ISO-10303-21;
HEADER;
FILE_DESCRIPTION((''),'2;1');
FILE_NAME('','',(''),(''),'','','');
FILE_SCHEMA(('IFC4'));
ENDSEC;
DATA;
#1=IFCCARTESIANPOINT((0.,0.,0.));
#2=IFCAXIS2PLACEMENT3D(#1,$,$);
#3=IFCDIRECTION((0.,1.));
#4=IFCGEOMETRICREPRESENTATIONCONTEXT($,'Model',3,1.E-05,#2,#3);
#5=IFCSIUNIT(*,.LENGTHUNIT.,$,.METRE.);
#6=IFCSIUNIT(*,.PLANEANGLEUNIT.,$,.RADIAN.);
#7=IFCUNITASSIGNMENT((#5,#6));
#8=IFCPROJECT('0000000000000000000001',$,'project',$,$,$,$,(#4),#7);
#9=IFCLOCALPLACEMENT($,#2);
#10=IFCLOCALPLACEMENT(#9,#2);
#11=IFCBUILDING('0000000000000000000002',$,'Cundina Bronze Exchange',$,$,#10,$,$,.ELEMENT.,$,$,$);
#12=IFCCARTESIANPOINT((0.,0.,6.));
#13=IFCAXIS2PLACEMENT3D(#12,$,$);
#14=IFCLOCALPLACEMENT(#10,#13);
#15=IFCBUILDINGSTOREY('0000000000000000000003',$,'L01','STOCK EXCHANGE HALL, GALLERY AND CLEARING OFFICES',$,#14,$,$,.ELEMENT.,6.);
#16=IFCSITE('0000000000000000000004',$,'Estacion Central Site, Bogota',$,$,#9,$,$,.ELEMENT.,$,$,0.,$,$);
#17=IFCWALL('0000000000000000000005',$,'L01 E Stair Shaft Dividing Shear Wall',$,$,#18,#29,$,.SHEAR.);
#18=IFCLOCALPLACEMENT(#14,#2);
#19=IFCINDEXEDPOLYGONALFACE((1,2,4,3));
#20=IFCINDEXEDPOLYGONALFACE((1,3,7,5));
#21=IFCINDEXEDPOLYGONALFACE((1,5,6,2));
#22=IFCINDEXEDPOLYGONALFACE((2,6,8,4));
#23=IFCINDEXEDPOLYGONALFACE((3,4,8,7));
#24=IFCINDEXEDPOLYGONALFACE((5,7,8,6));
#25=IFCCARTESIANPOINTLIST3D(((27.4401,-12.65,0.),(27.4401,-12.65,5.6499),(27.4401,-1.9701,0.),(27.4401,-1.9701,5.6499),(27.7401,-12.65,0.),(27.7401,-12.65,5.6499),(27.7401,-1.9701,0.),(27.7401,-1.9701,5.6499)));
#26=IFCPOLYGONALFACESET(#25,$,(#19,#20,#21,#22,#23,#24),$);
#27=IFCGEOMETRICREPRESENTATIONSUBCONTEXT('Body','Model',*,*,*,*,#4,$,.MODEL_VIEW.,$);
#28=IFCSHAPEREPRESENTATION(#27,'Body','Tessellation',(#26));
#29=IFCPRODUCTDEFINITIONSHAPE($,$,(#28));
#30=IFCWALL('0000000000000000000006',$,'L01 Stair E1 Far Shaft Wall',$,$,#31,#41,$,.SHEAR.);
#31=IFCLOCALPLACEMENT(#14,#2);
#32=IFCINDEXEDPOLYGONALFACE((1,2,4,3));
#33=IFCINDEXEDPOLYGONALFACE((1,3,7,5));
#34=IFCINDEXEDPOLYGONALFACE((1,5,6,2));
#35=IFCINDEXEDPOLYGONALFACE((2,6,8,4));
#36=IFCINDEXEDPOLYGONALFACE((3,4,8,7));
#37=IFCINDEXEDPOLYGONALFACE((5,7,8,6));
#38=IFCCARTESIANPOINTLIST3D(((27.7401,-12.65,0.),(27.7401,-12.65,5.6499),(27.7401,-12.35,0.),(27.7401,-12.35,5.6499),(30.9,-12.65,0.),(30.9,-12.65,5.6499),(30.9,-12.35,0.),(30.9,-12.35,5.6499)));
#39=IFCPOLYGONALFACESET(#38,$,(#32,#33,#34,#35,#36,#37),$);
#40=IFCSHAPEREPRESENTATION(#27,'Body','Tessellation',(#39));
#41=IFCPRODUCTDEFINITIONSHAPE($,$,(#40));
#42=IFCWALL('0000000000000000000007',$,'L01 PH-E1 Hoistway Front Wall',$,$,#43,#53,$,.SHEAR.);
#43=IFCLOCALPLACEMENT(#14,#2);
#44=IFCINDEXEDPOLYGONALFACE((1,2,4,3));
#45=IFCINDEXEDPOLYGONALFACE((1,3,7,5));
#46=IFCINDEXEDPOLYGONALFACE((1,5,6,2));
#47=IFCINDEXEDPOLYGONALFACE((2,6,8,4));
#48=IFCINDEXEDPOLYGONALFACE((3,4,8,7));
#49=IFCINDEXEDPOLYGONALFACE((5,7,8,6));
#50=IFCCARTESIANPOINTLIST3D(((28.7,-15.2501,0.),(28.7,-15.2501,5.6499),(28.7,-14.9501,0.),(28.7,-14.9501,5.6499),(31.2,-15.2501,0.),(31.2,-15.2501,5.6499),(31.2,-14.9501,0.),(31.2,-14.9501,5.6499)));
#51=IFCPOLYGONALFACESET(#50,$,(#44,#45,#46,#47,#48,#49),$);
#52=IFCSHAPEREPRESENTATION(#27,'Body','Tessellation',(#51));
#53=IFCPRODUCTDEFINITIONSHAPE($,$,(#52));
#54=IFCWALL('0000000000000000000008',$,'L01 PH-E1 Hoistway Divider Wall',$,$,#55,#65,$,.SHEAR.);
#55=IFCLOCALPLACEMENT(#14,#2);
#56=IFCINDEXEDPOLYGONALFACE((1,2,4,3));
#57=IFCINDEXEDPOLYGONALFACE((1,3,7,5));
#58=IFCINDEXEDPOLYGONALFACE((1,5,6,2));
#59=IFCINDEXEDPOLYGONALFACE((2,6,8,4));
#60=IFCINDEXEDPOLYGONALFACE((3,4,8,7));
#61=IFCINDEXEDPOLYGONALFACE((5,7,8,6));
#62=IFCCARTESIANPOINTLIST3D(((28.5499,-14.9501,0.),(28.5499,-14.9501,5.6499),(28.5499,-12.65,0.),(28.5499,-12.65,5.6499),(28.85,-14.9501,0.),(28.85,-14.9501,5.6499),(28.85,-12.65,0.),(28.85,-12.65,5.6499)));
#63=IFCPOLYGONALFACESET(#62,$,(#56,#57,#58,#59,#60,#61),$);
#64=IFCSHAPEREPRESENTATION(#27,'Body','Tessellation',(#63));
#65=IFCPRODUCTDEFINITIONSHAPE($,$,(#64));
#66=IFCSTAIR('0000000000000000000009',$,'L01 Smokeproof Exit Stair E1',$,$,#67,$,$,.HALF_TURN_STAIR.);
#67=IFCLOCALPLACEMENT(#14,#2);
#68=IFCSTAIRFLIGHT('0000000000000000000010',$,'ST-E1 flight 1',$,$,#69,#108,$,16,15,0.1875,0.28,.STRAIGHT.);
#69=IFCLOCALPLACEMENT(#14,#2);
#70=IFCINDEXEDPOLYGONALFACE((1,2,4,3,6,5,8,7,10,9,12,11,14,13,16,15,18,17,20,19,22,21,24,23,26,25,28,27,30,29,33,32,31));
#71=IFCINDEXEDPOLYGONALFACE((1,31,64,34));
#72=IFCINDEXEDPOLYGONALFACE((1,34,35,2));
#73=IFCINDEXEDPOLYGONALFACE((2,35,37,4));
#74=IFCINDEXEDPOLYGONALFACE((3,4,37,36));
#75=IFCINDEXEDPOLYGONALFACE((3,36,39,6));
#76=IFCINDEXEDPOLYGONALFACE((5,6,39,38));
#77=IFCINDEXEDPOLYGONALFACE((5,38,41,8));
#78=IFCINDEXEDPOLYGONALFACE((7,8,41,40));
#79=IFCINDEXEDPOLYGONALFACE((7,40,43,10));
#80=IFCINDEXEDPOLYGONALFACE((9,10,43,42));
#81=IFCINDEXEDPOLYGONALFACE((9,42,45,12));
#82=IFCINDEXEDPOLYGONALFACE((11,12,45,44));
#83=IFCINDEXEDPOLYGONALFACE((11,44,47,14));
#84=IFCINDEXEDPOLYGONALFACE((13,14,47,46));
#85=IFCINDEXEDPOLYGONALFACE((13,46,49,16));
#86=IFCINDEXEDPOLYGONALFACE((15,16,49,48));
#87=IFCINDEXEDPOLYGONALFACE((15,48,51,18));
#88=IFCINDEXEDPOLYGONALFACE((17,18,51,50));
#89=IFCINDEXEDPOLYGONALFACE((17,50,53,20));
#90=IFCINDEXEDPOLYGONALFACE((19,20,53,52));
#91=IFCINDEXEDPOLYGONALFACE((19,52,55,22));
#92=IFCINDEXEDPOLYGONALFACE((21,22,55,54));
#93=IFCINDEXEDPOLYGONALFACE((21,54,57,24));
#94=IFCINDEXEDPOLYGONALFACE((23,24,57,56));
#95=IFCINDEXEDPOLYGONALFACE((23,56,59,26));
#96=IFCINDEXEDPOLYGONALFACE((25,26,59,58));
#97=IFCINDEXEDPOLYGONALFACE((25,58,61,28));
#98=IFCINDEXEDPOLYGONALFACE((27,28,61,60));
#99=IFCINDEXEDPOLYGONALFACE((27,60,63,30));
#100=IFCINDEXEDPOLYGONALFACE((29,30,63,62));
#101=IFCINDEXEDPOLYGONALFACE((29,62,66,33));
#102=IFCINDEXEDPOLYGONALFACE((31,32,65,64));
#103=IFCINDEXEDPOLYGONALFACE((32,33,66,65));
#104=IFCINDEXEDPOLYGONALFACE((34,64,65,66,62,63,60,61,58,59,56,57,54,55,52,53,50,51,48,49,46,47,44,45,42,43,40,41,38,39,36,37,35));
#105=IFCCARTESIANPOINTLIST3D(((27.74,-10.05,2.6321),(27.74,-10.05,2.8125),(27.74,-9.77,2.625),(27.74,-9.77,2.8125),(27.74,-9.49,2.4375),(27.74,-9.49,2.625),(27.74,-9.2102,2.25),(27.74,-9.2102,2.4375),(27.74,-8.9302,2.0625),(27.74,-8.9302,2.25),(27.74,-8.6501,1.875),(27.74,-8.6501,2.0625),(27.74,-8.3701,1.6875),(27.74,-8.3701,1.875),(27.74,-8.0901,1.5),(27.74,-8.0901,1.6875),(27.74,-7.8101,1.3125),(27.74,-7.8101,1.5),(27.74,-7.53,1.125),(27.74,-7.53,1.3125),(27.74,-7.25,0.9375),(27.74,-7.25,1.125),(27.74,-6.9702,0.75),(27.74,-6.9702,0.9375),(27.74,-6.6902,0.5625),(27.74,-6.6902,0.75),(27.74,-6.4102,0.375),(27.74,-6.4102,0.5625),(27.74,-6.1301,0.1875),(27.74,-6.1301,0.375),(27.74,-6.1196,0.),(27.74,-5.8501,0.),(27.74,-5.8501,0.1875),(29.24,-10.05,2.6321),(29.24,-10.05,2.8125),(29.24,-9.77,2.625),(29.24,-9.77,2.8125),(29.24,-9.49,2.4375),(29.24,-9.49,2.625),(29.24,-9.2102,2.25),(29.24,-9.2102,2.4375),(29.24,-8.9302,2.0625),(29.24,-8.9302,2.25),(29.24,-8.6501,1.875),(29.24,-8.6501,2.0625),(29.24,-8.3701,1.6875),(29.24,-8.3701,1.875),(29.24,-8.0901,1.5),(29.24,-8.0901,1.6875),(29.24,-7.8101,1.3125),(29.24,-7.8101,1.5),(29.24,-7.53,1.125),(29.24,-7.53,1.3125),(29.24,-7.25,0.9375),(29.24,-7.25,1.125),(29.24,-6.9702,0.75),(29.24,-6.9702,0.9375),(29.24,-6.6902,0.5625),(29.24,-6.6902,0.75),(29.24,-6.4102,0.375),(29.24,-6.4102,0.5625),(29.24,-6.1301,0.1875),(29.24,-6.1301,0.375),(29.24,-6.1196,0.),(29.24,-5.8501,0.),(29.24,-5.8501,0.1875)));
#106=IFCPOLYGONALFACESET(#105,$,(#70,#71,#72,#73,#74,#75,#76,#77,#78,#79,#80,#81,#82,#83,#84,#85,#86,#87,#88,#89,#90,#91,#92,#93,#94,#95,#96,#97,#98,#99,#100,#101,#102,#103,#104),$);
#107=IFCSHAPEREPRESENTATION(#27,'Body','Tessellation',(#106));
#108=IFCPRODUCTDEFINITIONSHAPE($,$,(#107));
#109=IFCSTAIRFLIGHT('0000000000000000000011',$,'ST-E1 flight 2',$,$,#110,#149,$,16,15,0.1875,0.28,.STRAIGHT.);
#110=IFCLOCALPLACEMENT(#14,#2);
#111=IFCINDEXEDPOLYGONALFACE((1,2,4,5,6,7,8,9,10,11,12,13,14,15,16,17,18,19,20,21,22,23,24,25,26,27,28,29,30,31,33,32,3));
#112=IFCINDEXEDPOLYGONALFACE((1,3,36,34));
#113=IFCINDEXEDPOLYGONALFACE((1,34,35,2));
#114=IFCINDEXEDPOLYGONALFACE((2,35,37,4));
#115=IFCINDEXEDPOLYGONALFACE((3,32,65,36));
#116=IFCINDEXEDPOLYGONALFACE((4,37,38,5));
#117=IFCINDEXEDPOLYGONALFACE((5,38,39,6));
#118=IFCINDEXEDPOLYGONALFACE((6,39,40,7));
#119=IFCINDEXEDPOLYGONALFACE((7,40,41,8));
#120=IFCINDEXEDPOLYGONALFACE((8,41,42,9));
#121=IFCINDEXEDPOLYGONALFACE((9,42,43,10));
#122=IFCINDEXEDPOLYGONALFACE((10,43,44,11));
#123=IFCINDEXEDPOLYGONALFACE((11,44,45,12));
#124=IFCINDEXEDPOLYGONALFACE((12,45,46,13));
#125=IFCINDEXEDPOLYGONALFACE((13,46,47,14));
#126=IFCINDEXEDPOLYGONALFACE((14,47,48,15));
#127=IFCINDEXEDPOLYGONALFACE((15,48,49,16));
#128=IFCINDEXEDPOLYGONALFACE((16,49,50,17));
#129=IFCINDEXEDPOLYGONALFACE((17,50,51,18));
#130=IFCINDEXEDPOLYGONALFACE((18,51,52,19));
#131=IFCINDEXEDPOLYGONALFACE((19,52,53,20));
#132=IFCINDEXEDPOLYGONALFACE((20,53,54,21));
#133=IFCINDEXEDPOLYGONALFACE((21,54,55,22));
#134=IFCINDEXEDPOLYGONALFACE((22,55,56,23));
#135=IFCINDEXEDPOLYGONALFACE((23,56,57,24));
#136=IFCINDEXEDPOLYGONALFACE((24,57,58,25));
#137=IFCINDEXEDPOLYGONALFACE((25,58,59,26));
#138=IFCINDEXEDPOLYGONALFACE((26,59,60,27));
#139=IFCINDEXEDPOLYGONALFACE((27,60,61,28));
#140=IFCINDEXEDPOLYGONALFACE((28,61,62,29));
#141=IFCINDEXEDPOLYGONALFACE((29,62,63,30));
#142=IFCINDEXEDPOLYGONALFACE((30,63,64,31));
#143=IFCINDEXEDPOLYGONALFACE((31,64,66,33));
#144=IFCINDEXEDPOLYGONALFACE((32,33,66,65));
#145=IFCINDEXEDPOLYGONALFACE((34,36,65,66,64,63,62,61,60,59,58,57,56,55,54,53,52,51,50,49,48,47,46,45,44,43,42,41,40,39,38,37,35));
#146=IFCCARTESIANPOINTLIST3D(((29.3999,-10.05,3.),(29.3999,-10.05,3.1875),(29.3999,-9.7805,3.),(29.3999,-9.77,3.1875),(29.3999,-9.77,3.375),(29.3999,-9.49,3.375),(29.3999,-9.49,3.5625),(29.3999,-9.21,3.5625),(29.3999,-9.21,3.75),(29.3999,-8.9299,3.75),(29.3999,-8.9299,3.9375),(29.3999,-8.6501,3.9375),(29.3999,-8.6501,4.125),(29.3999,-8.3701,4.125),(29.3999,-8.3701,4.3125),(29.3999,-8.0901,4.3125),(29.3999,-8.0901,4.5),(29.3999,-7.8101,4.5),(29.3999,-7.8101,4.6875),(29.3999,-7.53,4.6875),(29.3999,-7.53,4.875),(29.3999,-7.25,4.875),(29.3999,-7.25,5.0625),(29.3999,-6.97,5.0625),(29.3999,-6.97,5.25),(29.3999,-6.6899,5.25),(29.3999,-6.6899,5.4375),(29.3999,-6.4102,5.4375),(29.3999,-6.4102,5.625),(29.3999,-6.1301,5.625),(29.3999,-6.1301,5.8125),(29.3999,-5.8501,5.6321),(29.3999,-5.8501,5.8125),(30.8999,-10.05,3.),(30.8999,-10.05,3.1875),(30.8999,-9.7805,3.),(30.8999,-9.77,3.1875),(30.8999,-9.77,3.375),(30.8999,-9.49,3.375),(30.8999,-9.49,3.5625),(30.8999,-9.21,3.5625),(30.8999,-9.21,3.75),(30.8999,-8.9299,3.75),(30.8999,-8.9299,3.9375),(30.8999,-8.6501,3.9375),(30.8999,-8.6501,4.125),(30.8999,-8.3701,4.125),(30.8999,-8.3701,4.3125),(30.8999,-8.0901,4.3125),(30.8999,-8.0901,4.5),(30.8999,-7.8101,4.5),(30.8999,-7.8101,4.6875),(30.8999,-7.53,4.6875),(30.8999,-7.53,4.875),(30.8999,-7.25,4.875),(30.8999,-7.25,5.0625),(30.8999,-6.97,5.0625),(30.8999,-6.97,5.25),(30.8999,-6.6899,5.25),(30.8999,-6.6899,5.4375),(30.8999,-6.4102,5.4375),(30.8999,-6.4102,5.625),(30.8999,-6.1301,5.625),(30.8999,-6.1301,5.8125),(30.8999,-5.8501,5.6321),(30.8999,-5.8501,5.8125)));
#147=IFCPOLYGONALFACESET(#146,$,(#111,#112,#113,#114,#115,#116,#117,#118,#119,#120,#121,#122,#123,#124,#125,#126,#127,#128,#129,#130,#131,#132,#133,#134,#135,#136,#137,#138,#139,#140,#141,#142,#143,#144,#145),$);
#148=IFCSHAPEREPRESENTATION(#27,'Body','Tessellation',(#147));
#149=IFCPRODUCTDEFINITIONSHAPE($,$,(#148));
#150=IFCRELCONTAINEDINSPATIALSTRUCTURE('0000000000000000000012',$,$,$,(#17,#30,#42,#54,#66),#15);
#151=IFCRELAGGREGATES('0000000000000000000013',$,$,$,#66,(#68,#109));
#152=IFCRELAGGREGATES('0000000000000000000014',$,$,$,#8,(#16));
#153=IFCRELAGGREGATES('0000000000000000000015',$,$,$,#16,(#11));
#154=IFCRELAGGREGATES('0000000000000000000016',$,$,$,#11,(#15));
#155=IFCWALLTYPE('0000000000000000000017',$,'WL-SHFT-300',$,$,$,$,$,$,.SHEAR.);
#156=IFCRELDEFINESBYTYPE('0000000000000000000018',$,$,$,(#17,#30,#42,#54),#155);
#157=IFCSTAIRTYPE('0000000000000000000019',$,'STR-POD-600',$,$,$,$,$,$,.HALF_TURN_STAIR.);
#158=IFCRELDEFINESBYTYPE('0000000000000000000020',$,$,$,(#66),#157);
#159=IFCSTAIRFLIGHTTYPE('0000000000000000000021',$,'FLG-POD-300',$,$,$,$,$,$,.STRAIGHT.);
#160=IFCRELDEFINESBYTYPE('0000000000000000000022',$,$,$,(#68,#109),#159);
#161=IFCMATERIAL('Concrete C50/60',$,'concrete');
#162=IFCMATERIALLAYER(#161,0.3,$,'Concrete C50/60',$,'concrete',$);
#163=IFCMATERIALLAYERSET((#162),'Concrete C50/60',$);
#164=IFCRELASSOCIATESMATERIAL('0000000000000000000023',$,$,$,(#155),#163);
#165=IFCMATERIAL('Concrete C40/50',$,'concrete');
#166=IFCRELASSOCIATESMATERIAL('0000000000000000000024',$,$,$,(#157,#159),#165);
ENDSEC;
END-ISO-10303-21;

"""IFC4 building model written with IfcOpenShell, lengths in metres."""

from ifc_helpers import new_model, si_unit, direction, frame, frame_2d, origin, place, context, subcontext, project, spatial, polyline, rectangle, outline, extrude, material, layer, layer_set, type_object, element, aggregate, save


model = new_model("IFC4")

# Units and contexts
model_context = context("Model", 3, precision=1e-05, world=origin(), true_north=direction((0.0, 1.0)))
body_context = subcontext(model_context, "Body", "Model", "MODEL_VIEW")
ifc_project = project(units=[si_unit("LENGTHUNIT", "METRE"), si_unit("PLANEANGLEUNIT", "RADIAN")], contexts=[model_context])

# Site, building, storey
site_placement = place(None, origin())
site = spatial("IfcSite", under=ifc_project, at=site_placement, Name="Estacion Central Site, Bogota", CompositionType="ELEMENT", RefElevation=0.0)
building_placement = place(site_placement, origin())
building = spatial("IfcBuilding", under=site, at=building_placement, Name="Cundina Bronze Exchange", CompositionType="ELEMENT")
storey_placement = place(building_placement, frame((0.0, 0.0, 6.0)))
storey = spatial("IfcBuildingStorey", under=building, at=storey_placement, Name="L01", Description="STOCK EXCHANGE HALL, GALLERY AND CLEARING OFFICES", CompositionType="ELEMENT", Elevation=6.0)

# Shared definitions
ifc_material_1 = material(Name="Concrete C40/50", Category="concrete")

# Wall
ifc_material_2 = material(Name="Concrete C50/60", Category="concrete")
ifc_layer_1 = layer(ifc_material_2, 0.3, Name="Concrete C50/60", Category="concrete")
ifc_layer_set_1 = layer_set([ifc_layer_1], Name="Concrete C50/60")
wall_type_1 = type_object("IfcWallType", Name="WL-SHFT-300", PredefinedType="SHEAR", material=ifc_layer_set_1)
wall_1_placement = place(storey_placement, frame((27.5901, -12.6499, 0.0), z_axis=(0.0, 0.0, 1.0), x_axis=(0.0, 1.0, 0.0)))
element("IfcWall", 1, at=wall_1_placement, inside=storey, type_object=wall_type_1, Name="L01 E Stair Shaft Dividing Shear Wall", PredefinedType="SHEAR", context=body_context, shape_type="SweptSolid", body=[
    extrude(rectangle(XDim=10.6799, YDim=0.3, at=frame_2d((5.3398, 0.0))), origin(), (0.0, 0.0, 1.0), 5.6499),
])

# Walls
wall_2_placement = place(storey_placement, frame((27.74, -12.5, 0.0), z_axis=(0.0, 0.0, 1.0), x_axis=(1.0, 0.0, 0.0)))
element("IfcWall", 2, at=wall_2_placement, inside=storey, type_object=wall_type_1, Name="L01 Stair E1 Far Shaft Wall", PredefinedType="SHEAR", context=body_context, shape_type="SweptSolid", body=[
    extrude(rectangle(XDim=3.1599, YDim=0.3, at=frame_2d((1.5801, 0.0))), origin(), (0.0, 0.0, 1.0), 5.6499),
])
wall_3_placement = place(storey_placement, frame((28.7, -15.1001, 0.0), z_axis=(0.0, 0.0, 1.0), x_axis=(1.0, 0.0, 0.0)))
element("IfcWall", 3, at=wall_3_placement, inside=storey, type_object=wall_type_1, Name="L01 PH-E1 Hoistway Front Wall", PredefinedType="SHEAR", context=body_context, shape_type="SweptSolid", body=[
    extrude(rectangle(XDim=2.5, YDim=0.3, at=frame_2d((1.25, 0.0))), origin(), (0.0, 0.0, 1.0), 5.6499),
])
wall_4_placement = place(storey_placement, frame((28.7, -14.95, 0.0), z_axis=(0.0, 0.0, 1.0), x_axis=(0.0, 1.0, 0.0)))
element("IfcWall", 4, at=wall_4_placement, inside=storey, type_object=wall_type_1, Name="L01 PH-E1 Hoistway Divider Wall", PredefinedType="SHEAR", context=body_context, shape_type="SweptSolid", body=[
    extrude(rectangle(XDim=2.3, YDim=0.3, at=frame_2d((1.1499, 0.0))), origin(), (0.0, 0.0, 1.0), 5.6499),
])

# Stair, stair flights
stair_type = type_object("IfcStairType", Name="STR-POD-600", PredefinedType="HALF_TURN_STAIR", material=ifc_material_1)
stair_1_placement = place(storey_placement, origin())
stair_1 = element("IfcStair", 5, at=stair_1_placement, inside=storey, type_object=stair_type, Name="L01 Smokeproof Exit Stair E1", PredefinedType="HALF_TURN_STAIR")
stair_flight_type = type_object("IfcStairFlightType", Name="FLG-POD-300", PredefinedType="STRAIGHT", material=ifc_material_1)
stair_flight_1_placement = place(storey_placement, frame((28.49, -5.8501, 0.0), z_axis=(0.0, 0.0, 1.0), x_axis=(0.0, -1.0, 0.0)))
stair_flight_1 = element("IfcStairFlight", 6, at=stair_flight_1_placement, type_object=stair_flight_type, Name="ST-E1 flight 1", NumberOfRisers=16, NumberOfTreads=15, PredefinedType="STRAIGHT", RiserHeight=0.1875, TreadLength=0.28, context=body_context, shape_type="SweptSolid", body=[
    extrude(outline(polyline([(0.0, 0.0), (0.0, 0.1875), (0.28, 0.1875), (0.28, 0.375), (0.5601, 0.375), (0.5601, 0.5625), (0.8401, 0.5625), (0.8401, 0.75), (1.1201, 0.75), (1.1201, 0.9375), (1.3999, 0.9375), (1.3999, 1.125), (1.6799, 1.125), (1.6799, 1.3125), (1.96, 1.3125), (1.96, 1.5), (2.24, 1.5), (2.24, 1.6875), (2.52, 1.6875), (2.52, 1.875), (2.8, 1.875), (2.8, 2.0625), (3.0801, 2.0625), (3.0801, 2.25), (3.3601, 2.25), (3.3601, 2.4375), (3.6399, 2.4375), (3.6399, 2.625), (3.9199, 2.625), (3.9199, 2.8125), (4.2, 2.8125), (4.2, 3.0), (4.2, 2.6321), (0.2695, 0.0), (0.0, 0.0)])), frame((0.0, 0.75, 0.0), z_axis=(0.0, -1.0, 0.0), x_axis=(1.0, 0.0, 0.0)), (0.0, 0.0, 1.0), 1.5),
])
stair_flight_2_placement = place(storey_placement, frame((30.1499, -10.05, 3.0), z_axis=(0.0, 0.0, 1.0), x_axis=(0.0, 1.0, 0.0)))
stair_flight_2 = element("IfcStairFlight", 7, at=stair_flight_2_placement, type_object=stair_flight_type, Name="ST-E1 flight 2", NumberOfRisers=16, NumberOfTreads=15, PredefinedType="STRAIGHT", RiserHeight=0.1875, TreadLength=0.28, context=body_context, shape_type="SweptSolid", body=[
    extrude(outline(polyline([(0.0, 0.0), (0.0, 0.1875), (0.28, 0.1875), (0.28, 0.375), (0.5601, 0.375), (0.5601, 0.5625), (0.8401, 0.5625), (0.8401, 0.75), (1.1201, 0.75), (1.1201, 0.9375), (1.3999, 0.9375), (1.3999, 1.125), (1.6799, 1.125), (1.6799, 1.3125), (1.96, 1.3125), (1.96, 1.5), (2.24, 1.5), (2.24, 1.6875), (2.52, 1.6875), (2.52, 1.875), (2.8, 1.875), (2.8, 2.0625), (3.0801, 2.0625), (3.0801, 2.25), (3.3601, 2.25), (3.3601, 2.4375), (3.6399, 2.4375), (3.6399, 2.625), (3.9199, 2.625), (3.9199, 2.8125), (4.2, 2.8125), (4.2, 3.0), (4.2, 2.6321), (0.2695, 0.0), (0.0, 0.0)])), frame((0.0, 0.75, 0.0), z_axis=(0.0, -1.0, 0.0), x_axis=(1.0, 0.0, 0.0)), (0.0, 0.0, 1.0), 1.5),
])
aggregate(stair_1, [stair_flight_1, stair_flight_2])

save(model, "model.ifc")
